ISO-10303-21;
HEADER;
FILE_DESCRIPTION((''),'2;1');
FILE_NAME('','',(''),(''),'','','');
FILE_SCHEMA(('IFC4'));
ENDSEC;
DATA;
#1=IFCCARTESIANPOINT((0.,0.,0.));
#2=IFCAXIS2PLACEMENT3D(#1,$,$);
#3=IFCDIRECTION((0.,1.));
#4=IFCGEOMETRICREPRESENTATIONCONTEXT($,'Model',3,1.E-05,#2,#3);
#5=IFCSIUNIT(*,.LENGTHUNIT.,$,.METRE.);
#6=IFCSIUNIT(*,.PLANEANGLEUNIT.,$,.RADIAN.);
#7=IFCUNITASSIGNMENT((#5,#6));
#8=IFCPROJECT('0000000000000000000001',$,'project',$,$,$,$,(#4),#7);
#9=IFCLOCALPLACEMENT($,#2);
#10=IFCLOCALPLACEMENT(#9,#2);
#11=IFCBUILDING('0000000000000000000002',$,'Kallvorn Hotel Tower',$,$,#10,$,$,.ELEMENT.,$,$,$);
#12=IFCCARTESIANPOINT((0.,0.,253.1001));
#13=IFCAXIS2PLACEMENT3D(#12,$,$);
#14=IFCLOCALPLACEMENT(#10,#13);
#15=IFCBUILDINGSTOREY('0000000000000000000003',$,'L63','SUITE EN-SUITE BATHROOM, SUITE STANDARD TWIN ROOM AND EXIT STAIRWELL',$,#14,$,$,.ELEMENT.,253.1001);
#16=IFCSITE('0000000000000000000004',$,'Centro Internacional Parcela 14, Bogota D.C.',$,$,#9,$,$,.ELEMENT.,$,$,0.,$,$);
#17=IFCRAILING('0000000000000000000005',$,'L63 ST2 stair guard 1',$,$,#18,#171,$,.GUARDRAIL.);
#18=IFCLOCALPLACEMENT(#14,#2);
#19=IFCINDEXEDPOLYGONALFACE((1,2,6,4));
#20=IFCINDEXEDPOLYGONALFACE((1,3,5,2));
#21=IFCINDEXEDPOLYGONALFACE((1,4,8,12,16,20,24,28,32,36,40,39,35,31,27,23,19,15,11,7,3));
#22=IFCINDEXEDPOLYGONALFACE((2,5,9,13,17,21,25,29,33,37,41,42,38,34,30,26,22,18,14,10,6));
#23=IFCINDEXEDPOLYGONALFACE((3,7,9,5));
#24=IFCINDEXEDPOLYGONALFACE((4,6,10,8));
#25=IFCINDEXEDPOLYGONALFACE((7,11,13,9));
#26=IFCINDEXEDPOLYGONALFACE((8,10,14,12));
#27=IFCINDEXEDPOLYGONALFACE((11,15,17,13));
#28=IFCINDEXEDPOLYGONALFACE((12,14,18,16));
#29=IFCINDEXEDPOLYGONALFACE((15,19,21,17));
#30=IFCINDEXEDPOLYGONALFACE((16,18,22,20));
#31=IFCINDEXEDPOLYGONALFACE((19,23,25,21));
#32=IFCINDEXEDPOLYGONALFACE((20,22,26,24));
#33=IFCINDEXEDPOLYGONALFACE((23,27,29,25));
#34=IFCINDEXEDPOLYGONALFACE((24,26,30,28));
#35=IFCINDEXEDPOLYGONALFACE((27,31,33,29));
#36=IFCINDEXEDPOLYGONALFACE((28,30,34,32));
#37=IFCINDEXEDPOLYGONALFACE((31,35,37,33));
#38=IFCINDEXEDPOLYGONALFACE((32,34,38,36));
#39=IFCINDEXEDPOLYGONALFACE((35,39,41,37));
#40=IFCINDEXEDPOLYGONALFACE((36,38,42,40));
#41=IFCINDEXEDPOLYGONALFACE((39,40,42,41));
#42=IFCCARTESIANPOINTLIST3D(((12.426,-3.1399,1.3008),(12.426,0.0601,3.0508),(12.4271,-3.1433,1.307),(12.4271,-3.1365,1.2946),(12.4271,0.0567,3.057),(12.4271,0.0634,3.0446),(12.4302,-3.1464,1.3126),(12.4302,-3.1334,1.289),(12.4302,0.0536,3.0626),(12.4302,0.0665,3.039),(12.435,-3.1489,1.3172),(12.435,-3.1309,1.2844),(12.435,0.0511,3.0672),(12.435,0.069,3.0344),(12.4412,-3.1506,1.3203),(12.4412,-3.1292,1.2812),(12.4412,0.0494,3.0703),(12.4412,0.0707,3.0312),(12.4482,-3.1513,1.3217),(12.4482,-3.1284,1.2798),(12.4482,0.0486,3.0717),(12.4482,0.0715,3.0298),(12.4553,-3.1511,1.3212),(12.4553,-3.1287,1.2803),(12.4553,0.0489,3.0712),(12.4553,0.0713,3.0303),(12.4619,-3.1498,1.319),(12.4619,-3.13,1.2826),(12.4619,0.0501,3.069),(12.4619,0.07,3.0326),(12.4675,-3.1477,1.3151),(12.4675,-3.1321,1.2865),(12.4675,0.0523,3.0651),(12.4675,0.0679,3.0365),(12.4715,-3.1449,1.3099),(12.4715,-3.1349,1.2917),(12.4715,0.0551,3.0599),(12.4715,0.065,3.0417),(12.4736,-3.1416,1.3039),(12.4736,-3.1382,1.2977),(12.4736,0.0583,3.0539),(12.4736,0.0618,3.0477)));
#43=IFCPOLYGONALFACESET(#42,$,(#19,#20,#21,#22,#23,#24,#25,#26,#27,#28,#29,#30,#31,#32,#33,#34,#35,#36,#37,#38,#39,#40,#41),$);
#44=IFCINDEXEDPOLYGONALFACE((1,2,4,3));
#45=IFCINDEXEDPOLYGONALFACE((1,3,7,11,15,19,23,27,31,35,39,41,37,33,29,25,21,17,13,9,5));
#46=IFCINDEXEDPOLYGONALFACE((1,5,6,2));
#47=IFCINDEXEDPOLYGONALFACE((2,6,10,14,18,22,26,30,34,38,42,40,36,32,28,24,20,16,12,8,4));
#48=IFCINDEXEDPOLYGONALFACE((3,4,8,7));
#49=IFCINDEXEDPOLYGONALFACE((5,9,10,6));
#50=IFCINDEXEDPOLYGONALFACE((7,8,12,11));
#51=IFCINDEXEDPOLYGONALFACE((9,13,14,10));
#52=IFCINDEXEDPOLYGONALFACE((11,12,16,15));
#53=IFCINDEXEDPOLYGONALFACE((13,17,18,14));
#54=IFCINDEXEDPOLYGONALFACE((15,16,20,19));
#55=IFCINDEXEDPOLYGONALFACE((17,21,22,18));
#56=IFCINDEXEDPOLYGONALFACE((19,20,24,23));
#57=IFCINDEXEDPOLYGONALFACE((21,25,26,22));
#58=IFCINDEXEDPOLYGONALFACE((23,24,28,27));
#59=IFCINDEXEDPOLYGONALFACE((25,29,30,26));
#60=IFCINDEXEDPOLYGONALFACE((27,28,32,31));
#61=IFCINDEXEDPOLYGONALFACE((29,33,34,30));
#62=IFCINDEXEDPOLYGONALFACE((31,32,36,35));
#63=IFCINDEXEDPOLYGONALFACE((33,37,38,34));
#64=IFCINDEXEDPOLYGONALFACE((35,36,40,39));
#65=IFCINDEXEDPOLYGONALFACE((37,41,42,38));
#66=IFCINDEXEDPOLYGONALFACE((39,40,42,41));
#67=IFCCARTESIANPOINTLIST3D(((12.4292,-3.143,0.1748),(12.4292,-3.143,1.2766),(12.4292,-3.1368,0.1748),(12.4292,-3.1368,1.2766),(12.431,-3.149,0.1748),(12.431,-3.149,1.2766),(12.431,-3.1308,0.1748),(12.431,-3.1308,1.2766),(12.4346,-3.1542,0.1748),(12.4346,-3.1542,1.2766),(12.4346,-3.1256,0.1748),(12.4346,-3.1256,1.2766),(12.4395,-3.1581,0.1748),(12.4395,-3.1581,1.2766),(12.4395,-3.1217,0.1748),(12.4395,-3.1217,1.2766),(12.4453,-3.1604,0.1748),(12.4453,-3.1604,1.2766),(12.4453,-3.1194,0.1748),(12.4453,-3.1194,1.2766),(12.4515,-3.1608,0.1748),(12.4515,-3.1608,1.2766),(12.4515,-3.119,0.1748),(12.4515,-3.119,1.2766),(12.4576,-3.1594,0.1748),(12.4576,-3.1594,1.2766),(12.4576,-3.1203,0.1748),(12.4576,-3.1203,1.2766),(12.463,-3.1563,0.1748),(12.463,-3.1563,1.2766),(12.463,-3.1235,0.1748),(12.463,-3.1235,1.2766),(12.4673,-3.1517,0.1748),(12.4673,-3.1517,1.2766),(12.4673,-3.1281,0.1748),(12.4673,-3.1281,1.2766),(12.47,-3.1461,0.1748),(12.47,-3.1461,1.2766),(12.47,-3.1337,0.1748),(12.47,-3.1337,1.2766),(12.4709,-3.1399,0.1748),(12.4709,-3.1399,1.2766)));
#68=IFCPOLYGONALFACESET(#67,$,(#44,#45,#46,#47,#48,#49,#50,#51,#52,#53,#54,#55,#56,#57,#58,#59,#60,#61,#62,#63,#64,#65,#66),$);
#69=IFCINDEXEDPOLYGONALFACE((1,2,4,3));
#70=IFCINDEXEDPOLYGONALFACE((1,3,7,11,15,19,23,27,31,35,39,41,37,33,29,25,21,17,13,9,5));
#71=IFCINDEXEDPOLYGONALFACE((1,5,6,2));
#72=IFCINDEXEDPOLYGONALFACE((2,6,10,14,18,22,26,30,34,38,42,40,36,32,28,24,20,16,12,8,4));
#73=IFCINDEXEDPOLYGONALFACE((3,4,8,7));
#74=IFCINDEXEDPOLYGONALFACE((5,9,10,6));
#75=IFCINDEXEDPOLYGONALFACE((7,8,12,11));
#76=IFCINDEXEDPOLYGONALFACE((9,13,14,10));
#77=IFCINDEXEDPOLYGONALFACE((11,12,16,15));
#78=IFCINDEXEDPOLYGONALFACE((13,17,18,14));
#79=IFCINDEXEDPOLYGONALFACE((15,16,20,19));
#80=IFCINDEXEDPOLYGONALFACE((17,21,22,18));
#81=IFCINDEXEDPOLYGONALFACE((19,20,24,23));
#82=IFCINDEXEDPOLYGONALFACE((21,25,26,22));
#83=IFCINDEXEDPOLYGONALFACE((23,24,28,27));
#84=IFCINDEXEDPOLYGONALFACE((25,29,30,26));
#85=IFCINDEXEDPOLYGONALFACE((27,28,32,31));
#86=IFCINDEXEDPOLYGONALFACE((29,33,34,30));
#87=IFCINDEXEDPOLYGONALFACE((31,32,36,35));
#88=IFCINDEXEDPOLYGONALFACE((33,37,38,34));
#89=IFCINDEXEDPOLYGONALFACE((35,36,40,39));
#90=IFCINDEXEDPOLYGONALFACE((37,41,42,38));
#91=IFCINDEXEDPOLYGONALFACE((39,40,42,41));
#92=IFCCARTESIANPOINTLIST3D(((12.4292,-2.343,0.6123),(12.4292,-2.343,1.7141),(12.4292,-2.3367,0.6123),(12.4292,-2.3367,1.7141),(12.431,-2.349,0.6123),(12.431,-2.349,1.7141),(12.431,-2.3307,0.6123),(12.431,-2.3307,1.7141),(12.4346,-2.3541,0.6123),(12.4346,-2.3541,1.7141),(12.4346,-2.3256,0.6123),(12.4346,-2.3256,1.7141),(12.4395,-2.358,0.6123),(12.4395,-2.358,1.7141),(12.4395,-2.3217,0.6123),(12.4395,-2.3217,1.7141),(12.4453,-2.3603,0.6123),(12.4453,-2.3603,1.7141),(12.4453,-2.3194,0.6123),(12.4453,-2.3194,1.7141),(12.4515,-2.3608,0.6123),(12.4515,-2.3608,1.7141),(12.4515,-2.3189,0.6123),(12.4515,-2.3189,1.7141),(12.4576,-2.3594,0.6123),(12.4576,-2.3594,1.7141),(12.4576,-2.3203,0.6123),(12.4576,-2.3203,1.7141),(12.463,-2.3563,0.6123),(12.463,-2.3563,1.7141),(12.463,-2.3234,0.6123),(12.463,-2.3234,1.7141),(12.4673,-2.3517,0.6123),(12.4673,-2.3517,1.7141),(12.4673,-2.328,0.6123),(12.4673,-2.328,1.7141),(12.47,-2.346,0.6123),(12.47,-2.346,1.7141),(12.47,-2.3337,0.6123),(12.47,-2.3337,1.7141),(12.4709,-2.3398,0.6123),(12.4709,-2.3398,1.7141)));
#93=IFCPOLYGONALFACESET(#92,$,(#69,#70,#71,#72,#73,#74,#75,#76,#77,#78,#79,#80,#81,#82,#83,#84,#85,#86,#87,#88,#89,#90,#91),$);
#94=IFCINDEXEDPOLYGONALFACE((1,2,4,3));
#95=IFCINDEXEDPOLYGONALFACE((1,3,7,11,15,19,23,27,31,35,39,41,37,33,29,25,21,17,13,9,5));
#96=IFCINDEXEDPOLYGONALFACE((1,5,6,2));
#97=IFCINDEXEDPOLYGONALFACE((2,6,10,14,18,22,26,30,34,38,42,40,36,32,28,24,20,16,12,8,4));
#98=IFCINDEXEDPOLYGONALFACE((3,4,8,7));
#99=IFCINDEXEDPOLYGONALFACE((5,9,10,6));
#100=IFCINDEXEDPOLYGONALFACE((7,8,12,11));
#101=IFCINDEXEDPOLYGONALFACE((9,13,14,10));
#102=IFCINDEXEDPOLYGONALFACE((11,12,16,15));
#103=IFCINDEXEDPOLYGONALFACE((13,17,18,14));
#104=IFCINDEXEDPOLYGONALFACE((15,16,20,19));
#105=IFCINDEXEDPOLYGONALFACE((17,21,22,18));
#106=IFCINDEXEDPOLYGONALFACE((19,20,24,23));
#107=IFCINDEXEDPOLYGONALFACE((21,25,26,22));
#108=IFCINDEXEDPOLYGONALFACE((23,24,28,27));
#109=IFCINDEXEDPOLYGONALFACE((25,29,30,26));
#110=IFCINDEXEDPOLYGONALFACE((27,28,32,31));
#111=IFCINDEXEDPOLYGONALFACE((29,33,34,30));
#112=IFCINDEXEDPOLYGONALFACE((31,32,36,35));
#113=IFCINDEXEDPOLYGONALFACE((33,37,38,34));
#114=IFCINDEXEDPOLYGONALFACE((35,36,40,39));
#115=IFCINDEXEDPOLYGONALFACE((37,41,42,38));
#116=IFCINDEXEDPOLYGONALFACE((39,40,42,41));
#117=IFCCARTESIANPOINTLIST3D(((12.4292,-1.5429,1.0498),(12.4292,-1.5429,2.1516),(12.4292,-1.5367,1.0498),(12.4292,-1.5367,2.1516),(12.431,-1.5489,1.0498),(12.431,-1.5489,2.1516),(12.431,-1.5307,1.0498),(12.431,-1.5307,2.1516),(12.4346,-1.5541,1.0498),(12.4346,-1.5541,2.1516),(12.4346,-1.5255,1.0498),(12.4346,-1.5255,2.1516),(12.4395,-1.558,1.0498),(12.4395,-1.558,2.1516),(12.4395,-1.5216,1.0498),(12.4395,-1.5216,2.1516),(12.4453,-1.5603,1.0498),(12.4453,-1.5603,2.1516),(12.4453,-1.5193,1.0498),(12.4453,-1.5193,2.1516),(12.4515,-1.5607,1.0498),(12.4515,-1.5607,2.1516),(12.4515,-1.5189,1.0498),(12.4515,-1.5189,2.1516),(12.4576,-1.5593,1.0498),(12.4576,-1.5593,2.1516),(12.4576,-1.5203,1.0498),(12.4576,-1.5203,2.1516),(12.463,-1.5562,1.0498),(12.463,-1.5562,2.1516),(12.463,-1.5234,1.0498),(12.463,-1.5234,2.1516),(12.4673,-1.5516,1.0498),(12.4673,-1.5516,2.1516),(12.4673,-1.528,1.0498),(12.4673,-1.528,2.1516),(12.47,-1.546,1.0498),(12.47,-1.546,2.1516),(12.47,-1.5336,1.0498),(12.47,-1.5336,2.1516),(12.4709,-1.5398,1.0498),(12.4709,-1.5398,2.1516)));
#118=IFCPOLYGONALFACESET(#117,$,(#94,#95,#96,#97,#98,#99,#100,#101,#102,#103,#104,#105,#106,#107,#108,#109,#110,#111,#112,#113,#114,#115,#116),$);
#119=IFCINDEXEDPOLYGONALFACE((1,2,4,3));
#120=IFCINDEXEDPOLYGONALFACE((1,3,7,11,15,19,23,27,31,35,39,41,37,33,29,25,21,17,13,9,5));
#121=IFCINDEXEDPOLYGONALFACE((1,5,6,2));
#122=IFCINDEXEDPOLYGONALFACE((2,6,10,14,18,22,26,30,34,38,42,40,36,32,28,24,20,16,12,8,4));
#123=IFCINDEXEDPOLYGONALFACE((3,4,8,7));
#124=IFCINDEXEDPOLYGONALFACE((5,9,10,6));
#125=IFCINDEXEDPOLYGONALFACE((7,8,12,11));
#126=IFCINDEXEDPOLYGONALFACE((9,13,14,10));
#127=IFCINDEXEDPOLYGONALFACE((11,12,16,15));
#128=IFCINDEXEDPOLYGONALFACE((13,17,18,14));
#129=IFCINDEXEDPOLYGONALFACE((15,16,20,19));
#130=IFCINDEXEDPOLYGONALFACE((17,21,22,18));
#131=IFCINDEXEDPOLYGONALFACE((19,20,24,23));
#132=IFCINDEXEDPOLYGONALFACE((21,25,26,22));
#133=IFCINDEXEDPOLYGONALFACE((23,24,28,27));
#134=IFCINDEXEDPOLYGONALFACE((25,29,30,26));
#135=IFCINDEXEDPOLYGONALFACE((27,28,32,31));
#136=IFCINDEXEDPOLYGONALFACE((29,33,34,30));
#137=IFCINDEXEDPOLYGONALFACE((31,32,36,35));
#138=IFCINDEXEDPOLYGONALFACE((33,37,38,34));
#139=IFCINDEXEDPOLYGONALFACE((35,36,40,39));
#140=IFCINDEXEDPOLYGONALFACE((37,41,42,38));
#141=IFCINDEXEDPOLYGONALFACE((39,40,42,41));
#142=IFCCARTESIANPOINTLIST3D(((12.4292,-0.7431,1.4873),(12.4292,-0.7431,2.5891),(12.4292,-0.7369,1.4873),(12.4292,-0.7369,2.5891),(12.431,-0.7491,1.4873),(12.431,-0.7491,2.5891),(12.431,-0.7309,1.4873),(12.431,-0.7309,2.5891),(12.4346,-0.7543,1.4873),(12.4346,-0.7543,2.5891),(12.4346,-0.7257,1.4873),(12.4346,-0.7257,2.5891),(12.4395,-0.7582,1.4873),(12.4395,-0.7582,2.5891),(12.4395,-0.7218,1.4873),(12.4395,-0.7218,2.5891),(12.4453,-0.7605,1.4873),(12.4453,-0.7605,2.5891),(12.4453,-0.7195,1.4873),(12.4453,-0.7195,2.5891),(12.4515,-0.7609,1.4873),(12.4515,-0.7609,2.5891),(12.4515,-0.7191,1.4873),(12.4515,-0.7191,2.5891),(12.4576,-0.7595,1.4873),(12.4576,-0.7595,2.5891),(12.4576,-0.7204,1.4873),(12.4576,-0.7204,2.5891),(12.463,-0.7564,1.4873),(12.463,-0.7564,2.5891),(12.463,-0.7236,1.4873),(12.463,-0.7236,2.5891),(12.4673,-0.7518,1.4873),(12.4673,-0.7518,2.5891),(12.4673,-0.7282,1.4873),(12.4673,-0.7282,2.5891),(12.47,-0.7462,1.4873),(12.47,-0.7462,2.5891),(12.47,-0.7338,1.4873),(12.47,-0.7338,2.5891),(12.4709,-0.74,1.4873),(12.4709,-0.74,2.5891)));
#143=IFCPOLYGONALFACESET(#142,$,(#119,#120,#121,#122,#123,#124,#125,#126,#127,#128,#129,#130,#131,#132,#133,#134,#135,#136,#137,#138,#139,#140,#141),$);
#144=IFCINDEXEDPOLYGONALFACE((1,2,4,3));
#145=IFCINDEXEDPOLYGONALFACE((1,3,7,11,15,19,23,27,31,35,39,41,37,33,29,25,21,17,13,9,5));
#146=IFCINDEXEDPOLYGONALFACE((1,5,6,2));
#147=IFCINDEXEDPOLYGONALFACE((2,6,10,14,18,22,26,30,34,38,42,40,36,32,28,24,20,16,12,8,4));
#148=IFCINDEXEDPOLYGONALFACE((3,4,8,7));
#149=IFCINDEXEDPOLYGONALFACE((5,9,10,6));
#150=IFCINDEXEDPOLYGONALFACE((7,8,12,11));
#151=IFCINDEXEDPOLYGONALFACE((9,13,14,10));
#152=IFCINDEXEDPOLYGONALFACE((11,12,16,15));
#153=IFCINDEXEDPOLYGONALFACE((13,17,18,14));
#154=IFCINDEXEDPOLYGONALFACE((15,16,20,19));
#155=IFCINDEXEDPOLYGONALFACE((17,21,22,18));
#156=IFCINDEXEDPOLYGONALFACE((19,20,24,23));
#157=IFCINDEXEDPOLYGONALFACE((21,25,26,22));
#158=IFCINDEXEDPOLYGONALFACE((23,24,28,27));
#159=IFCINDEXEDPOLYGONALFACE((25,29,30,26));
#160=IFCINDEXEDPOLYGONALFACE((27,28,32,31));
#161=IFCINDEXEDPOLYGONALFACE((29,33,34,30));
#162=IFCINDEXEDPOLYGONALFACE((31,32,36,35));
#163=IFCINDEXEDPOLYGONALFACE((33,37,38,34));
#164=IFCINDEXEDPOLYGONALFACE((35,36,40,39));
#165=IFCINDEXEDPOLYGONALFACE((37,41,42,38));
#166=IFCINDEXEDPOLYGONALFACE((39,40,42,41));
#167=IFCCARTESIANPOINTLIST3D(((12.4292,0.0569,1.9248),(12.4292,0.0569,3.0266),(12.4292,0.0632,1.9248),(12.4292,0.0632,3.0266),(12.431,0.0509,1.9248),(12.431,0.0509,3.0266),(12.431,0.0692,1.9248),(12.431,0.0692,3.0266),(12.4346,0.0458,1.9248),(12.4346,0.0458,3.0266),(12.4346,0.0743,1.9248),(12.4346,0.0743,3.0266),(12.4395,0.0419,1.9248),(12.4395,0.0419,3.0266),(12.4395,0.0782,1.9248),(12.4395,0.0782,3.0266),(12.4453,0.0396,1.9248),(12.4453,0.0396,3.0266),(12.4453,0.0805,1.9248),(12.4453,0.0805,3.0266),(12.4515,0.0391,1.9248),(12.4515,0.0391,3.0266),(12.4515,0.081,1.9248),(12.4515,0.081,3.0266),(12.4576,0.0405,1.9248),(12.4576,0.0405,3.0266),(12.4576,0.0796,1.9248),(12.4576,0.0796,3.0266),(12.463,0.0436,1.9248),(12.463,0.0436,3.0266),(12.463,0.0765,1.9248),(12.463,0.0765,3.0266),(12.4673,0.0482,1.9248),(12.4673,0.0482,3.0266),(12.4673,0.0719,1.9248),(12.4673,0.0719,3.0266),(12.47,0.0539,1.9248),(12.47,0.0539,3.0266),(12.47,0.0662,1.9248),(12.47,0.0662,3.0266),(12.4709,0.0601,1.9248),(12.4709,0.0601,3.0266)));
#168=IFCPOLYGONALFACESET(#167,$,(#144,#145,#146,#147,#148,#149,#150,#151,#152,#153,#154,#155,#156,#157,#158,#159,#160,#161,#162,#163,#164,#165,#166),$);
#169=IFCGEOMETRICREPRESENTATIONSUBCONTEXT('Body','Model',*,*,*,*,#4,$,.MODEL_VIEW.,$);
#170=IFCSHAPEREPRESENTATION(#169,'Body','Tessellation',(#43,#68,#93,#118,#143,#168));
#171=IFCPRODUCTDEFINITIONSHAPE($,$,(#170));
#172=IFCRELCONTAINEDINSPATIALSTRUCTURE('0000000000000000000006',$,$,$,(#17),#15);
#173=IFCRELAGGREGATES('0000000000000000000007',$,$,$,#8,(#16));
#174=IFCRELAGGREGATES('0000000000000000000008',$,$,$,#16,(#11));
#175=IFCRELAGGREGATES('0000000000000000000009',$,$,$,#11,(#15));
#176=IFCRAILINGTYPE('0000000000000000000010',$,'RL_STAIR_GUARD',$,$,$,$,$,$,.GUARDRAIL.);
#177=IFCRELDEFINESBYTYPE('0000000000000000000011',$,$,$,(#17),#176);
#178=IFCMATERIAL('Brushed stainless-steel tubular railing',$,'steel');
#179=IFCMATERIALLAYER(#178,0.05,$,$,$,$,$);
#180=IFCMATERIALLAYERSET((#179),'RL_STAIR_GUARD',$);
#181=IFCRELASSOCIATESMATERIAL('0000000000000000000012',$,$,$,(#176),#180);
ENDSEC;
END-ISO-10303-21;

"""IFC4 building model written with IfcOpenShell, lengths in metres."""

from ifc_helpers import new_model, si_unit, direction, frame, origin, origin_2d, place, context, subcontext, project, spatial, circle, extrude, material, layer, layer_set, type_object, element, save


model = new_model("IFC4")

# Units and contexts
model_context = context("Model", 3, precision=1e-05, world=origin(), true_north=direction((0.0, 1.0)))
body_context = subcontext(model_context, "Body", "Model", "MODEL_VIEW")
ifc_project = project(units=[si_unit("LENGTHUNIT", "METRE"), si_unit("PLANEANGLEUNIT", "RADIAN")], contexts=[model_context])

# Site, building, storey
site_placement = place(None, origin())
site = spatial("IfcSite", under=ifc_project, at=site_placement, Name="Centro Internacional Parcela 14, Bogota D.C.", CompositionType="ELEMENT", RefElevation=0.0)
building_placement = place(site_placement, origin())
building = spatial("IfcBuilding", under=site, at=building_placement, Name="Kallvorn Hotel Tower", CompositionType="ELEMENT")
storey_placement = place(building_placement, frame((0.0, 0.0, 253.1001)))
storey = spatial("IfcBuildingStorey", under=building, at=storey_placement, Name="L63", Description="SUITE EN-SUITE BATHROOM, SUITE STANDARD TWIN ROOM AND EXIT STAIRWELL", CompositionType="ELEMENT", Elevation=253.1001)

# Railing
ifc_material_1 = material(Name="Brushed stainless-steel tubular railing", Category="steel")
ifc_layer_1 = layer(ifc_material_1, 0.05)
ifc_layer_set_1 = layer_set([ifc_layer_1], Name="RL_STAIR_GUARD")
railing_type_1 = type_object("IfcRailingType", Name="RL_STAIR_GUARD", PredefinedType="GUARDRAIL", material=ifc_layer_set_1)
railing_1_placement = place(storey_placement, frame((12.45, -3.1399, 0.1748)))
element("IfcRailing", 1, at=railing_1_placement, inside=storey, type_object=railing_type_1, Name="L63 ST2 stair guard 1", PredefinedType="GUARDRAIL", context=body_context, shape_type="SweptSolid", body=[
    extrude(circle(Radius=0.0239, at=origin_2d()), frame((0.0, 0.0, 1.126), z_axis=(0.0, 0.877368, 0.479818), x_axis=(-1.0, 0.0, 0.0)), (0.0, 0.0, 1.0), 3.6472),
    extrude(circle(Radius=0.021, at=origin_2d()), origin(), (0.0, 0.0, 1.0), 1.1018),
    extrude(circle(Radius=0.021, at=origin_2d()), frame((0.0, 0.8, 0.4375)), (0.0, 0.0, 1.0), 1.1018),
    extrude(circle(Radius=0.021, at=origin_2d()), frame((0.0, 1.6001, 0.875)), (0.0, 0.0, 1.0), 1.1018),
    extrude(circle(Radius=0.021, at=origin_2d()), frame((0.0, 2.3999, 1.3125)), (0.0, 0.0, 1.0), 1.1018),
    extrude(circle(Radius=0.021, at=origin_2d()), frame((0.0, 3.2, 1.75)), (0.0, 0.0, 1.0), 1.1018),
])

save(model, "model.ifc")
